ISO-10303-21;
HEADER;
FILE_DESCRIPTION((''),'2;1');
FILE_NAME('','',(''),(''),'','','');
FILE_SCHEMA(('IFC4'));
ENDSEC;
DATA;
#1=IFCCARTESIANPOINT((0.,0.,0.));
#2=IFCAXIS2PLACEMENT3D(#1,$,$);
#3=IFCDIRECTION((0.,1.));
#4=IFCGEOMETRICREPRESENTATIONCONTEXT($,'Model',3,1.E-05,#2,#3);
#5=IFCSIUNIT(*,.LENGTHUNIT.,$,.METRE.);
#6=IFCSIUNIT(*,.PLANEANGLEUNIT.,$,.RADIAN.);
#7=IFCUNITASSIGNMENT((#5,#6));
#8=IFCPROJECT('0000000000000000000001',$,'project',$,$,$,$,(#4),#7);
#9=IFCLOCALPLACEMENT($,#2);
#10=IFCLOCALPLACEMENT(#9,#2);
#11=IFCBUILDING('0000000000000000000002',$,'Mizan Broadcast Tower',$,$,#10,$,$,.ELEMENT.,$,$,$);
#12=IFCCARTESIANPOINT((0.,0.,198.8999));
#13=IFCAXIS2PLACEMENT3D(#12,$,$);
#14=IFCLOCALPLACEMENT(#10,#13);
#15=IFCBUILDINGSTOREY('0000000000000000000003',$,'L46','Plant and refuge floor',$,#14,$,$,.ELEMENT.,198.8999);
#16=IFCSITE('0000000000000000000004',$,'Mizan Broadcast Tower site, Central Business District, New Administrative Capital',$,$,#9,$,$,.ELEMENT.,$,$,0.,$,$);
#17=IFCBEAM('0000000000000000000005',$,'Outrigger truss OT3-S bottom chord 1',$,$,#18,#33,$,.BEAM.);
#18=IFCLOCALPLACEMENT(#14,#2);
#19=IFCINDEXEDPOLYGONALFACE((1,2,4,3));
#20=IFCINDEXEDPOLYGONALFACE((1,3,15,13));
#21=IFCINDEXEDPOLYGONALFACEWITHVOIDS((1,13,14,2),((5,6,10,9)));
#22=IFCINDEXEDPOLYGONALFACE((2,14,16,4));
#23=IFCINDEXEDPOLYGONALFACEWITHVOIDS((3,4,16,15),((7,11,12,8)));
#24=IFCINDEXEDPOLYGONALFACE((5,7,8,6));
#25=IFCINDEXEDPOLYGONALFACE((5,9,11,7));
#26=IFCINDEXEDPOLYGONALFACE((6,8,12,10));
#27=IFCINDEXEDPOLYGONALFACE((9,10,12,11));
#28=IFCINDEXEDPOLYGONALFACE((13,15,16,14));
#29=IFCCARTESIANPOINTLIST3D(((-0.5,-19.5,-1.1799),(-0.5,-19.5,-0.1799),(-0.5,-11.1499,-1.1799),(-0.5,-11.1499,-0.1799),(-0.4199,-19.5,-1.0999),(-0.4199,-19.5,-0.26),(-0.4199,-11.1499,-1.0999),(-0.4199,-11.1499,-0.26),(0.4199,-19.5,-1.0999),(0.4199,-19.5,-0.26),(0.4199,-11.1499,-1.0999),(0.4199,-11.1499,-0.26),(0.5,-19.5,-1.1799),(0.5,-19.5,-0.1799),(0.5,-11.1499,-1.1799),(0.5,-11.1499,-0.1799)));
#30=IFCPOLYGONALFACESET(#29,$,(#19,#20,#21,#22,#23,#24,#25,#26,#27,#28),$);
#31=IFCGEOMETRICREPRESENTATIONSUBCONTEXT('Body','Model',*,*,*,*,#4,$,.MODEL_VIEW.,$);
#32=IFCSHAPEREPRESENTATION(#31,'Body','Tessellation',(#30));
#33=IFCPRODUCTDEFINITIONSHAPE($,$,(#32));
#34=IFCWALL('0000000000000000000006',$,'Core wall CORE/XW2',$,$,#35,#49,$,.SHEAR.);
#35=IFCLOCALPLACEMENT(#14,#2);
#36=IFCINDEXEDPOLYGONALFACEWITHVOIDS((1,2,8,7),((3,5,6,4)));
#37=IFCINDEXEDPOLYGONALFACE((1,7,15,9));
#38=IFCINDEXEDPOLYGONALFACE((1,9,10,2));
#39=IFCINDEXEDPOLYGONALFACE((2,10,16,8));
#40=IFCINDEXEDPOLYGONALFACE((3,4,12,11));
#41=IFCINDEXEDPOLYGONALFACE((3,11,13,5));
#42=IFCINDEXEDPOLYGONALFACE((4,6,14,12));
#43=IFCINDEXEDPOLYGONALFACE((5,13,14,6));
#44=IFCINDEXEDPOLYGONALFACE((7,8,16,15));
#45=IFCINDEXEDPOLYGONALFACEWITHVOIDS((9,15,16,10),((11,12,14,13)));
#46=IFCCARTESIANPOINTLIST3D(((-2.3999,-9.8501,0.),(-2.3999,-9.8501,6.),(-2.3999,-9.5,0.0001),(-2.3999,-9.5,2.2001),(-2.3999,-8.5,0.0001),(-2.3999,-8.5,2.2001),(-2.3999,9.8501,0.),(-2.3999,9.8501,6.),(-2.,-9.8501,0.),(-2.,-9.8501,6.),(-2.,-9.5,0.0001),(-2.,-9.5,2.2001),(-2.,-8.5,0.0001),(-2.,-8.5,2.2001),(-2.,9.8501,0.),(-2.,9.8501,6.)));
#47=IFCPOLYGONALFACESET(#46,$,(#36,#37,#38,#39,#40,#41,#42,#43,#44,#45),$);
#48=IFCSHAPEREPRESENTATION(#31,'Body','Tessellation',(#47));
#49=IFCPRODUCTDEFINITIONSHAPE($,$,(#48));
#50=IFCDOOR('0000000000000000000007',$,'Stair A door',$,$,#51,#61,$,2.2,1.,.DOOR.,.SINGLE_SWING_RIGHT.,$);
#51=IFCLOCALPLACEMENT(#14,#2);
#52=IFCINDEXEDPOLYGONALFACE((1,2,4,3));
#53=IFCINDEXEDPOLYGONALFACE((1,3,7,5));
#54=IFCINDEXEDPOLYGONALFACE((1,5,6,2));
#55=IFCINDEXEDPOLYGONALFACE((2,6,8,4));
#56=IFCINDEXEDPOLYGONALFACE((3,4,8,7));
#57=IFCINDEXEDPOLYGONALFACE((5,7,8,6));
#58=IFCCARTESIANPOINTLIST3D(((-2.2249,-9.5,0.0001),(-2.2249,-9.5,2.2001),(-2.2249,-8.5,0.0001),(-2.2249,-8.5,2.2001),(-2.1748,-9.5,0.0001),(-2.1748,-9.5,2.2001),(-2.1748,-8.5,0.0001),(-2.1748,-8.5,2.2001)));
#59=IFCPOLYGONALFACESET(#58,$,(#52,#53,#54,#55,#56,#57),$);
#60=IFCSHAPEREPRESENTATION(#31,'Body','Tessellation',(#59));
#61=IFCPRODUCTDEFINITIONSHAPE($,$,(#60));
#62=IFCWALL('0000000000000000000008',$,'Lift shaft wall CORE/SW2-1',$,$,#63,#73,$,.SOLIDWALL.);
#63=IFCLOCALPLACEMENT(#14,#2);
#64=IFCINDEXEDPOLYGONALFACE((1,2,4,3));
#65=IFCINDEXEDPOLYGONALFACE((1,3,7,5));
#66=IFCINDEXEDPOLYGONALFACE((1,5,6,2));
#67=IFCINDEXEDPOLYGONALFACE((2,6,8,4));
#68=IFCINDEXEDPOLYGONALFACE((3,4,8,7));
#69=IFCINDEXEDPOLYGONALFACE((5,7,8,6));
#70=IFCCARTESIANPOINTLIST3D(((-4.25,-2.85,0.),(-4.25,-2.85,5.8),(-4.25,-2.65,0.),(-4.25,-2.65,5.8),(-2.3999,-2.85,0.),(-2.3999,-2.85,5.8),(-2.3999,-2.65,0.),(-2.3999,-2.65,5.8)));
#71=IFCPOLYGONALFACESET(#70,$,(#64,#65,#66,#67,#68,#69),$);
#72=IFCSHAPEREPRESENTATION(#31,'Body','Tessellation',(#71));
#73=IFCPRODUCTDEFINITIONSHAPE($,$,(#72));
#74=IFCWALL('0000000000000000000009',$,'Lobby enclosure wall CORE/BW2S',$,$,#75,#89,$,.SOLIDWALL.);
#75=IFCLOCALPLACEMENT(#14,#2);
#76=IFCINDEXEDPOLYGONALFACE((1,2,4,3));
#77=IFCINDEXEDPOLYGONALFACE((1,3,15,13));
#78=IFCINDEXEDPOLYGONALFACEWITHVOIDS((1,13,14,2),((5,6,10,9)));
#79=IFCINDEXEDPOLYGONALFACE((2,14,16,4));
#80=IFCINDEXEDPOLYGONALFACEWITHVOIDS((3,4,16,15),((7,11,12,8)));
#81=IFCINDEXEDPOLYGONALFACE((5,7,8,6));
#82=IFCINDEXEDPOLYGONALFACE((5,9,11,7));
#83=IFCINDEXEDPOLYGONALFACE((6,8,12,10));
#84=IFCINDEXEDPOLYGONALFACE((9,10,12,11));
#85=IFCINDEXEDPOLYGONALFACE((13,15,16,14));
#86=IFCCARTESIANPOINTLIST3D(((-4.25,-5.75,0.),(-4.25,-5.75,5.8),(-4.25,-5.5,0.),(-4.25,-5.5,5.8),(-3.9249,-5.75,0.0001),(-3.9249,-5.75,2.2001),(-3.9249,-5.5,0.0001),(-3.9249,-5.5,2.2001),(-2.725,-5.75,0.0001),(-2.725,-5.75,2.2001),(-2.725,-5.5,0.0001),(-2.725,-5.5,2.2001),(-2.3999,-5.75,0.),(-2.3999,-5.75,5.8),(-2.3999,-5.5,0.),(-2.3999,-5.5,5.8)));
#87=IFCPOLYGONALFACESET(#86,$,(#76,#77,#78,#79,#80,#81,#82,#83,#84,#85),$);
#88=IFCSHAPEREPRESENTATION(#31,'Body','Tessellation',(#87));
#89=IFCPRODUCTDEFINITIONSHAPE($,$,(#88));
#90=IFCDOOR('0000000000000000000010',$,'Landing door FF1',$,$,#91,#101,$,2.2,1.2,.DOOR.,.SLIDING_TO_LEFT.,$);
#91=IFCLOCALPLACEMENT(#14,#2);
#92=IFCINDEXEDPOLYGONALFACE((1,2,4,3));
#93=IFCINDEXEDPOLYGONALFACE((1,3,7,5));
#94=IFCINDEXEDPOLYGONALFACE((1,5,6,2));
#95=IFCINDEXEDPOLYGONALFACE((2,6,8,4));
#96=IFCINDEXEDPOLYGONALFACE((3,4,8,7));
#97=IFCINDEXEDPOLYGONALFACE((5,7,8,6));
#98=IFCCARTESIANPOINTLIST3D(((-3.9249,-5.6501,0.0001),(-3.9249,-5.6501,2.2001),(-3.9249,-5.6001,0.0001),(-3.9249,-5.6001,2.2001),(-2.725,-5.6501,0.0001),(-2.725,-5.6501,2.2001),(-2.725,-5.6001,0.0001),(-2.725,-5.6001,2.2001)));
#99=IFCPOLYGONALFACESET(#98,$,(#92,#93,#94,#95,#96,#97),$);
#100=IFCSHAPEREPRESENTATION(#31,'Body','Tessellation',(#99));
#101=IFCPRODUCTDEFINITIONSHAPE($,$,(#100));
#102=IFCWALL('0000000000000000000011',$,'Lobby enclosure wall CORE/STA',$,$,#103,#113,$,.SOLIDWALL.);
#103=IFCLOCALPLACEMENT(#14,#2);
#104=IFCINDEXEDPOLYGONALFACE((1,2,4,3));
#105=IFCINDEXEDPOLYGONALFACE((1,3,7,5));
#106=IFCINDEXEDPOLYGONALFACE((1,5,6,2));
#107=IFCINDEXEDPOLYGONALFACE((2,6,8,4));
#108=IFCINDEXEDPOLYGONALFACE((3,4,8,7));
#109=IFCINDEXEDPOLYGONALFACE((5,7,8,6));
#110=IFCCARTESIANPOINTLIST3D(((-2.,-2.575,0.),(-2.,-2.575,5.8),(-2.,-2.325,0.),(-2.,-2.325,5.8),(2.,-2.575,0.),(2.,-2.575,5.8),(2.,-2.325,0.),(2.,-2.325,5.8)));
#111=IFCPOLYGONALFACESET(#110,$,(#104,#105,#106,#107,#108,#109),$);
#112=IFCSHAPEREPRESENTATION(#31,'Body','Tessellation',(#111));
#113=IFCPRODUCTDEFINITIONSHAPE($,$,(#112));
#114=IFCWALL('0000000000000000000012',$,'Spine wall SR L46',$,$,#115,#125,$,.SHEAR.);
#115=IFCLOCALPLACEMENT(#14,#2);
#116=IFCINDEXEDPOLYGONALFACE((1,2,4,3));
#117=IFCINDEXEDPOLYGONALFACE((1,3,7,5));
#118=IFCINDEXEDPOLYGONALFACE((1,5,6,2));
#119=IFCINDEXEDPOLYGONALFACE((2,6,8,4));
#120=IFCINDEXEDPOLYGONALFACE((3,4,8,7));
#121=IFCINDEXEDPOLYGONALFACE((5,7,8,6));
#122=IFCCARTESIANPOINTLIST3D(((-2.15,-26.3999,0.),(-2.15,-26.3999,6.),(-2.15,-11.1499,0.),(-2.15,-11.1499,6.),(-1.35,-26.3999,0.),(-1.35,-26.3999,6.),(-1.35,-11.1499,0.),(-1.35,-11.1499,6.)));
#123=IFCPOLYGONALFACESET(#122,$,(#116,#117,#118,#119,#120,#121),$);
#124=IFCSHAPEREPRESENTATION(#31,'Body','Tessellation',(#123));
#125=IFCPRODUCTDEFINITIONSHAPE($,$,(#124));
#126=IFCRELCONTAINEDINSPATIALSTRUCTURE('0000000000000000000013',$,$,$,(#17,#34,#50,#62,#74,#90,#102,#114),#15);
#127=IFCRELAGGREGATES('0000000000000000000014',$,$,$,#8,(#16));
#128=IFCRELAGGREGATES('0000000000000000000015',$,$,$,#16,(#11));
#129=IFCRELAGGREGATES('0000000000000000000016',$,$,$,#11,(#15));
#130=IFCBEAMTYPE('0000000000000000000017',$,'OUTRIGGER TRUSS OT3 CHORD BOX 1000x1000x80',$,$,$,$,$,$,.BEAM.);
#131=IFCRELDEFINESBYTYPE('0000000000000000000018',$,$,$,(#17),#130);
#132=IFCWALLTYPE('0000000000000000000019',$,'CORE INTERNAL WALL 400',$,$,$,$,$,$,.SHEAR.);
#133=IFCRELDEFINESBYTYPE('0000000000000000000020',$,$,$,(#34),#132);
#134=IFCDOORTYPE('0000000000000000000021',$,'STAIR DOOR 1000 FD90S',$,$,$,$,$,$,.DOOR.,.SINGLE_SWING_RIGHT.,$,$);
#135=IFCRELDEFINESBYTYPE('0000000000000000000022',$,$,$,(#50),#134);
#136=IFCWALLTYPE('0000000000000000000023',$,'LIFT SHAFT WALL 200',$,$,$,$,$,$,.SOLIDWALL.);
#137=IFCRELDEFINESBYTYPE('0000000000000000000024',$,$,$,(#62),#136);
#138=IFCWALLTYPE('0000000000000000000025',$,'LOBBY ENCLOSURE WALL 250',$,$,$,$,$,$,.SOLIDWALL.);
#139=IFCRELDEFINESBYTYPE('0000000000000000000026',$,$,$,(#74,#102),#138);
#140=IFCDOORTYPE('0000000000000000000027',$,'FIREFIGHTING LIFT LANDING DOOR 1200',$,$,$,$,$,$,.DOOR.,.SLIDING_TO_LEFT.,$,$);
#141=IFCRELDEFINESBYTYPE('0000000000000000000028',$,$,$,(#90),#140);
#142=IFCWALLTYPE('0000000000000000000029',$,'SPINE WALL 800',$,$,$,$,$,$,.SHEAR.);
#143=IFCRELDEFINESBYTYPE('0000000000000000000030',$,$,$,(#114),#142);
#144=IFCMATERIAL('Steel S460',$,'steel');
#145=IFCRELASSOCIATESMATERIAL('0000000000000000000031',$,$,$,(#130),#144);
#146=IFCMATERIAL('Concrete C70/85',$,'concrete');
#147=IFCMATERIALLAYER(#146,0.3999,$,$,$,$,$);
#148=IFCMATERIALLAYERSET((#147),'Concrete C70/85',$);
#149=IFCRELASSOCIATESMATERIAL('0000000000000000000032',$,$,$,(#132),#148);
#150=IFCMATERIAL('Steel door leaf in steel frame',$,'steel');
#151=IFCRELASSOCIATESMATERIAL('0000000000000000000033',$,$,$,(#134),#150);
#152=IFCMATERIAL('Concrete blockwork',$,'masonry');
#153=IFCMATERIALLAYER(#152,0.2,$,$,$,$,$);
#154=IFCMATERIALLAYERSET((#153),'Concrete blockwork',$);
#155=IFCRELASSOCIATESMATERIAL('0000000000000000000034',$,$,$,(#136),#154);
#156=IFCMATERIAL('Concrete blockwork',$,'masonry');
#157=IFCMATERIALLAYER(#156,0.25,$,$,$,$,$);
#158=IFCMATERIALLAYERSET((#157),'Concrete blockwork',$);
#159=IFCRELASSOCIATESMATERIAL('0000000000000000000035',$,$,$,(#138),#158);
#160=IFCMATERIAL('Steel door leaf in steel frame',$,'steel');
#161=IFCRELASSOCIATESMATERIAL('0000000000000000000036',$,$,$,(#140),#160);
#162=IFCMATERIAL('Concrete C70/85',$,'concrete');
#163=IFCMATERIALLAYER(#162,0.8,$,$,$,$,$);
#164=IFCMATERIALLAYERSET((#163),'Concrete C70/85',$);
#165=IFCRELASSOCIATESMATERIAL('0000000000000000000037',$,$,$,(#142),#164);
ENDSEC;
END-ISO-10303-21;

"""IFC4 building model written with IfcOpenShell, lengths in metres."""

from ifc_helpers import new_model, si_unit, direction, frame, frame_2d, origin, origin_2d, place, context, subcontext, project, spatial, rectangle, hollow_rectangle, extrude, material, layer, layer_set, material_profile, profile_set, type_object, element, fill, save


model = new_model("IFC4")

# Units and contexts
model_context = context("Model", 3, precision=1e-05, world=origin(), true_north=direction((0.0, 1.0)))
body_context = subcontext(model_context, "Body", "Model", "MODEL_VIEW")
ifc_project = project(units=[si_unit("LENGTHUNIT", "METRE"), si_unit("PLANEANGLEUNIT", "RADIAN")], contexts=[model_context])

# Site, building, storey
site_placement = place(None, origin())
site = spatial("IfcSite", under=ifc_project, at=site_placement, Name="Mizan Broadcast Tower site, Central Business District, New Administrative Capital", CompositionType="ELEMENT", RefElevation=0.0)
building_placement = place(site_placement, origin())
building = spatial("IfcBuilding", under=site, at=building_placement, Name="Mizan Broadcast Tower", CompositionType="ELEMENT")
storey_placement = place(building_placement, frame((0.0, 0.0, 198.8999)))
storey = spatial("IfcBuildingStorey", under=building, at=storey_placement, Name="L46", Description="Plant and refuge floor", CompositionType="ELEMENT", Elevation=198.8999)

# Beam
ifc_material_1 = material(Name="Steel S460", Category="steel")
ifc_material_profile_1 = material_profile(ifc_material_1, hollow_rectangle(XDim=1.0, YDim=1.0, WallThickness=0.0801, at=origin_2d()), Name="BOX 1000x1000x80")
ifc_profile_set_1 = profile_set([ifc_material_profile_1], Name="Steel S460")
beam_type_1 = type_object("IfcBeamType", Name="OUTRIGGER TRUSS OT3 CHORD BOX 1000x1000x80", PredefinedType="BEAM", material=ifc_profile_set_1)
beam_placement = place(storey_placement, frame((0.0, -11.1499, -0.6799), z_axis=(0.0, -1.0, 0.0), x_axis=(1.0, 0.0, 0.0)))
element("IfcBeam", 1, at=beam_placement, inside=storey, type_object=beam_type_1, Name="Outrigger truss OT3-S bottom chord 1", PredefinedType="BEAM", context=body_context, shape_type="SweptSolid", body=[
    extrude(hollow_rectangle(XDim=1.0, YDim=1.0, WallThickness=0.0801, at=origin_2d()), origin(), (0.0, 0.0, 1.0), 8.3501),
])

# Wall, opening, door
ifc_material_2 = material(Name="Concrete C70/85", Category="concrete")
ifc_layer_1 = layer(ifc_material_2, 0.3999)
ifc_layer_set_1 = layer_set([ifc_layer_1], Name="Concrete C70/85")
wall_type_1 = type_object("IfcWallType", Name="CORE INTERNAL WALL 400", PredefinedType="SHEAR", material=ifc_layer_set_1)
wall_1_placement = place(storey_placement, frame((-2.2, -9.8501, 0.0), z_axis=(0.0, 0.0, 1.0), x_axis=(0.0, 1.0, 0.0)))
wall_1 = element("IfcWall", 2, at=wall_1_placement, inside=storey, type_object=wall_type_1, Name="Core wall CORE/XW2", PredefinedType="SHEAR", context=body_context, shape_type="SweptSolid", body=[
    extrude(rectangle(XDim=19.7002, YDim=0.3999, at=frame_2d((9.8501, 0.0))), origin(), (0.0, 0.0, 1.0), 6.0),
])
opening_1_placement = place(wall_1_placement, frame((0.3501, 0.0, 0.0)))
opening_1 = element("IfcOpeningElement", 3, at=opening_1_placement, cuts=wall_1, PredefinedType="OPENING", context=body_context, shape_type="SweptSolid", body=[
    extrude(rectangle(XDim=1.0, YDim=2.2, at=frame_2d((0.5, 1.1001))), frame((0.0, 0.21, 0.0), z_axis=(0.0, -1.0, 0.0), x_axis=(1.0, 0.0, 0.0)), (0.0, 0.0, 1.0), 0.4199),
])
ifc_material_3 = material(Name="Steel door leaf in steel frame", Category="steel")
door_type_1 = type_object("IfcDoorType", Name="STAIR DOOR 1000 FD90S", OperationType="SINGLE_SWING_RIGHT", PredefinedType="DOOR", material=ifc_material_3)
door_1_placement = place(opening_1_placement, origin())
door_1 = element("IfcDoor", 4, at=door_1_placement, inside=storey, type_object=door_type_1, Name="Stair A door", OperationType="SINGLE_SWING_RIGHT", OverallHeight=2.2, OverallWidth=1.0, PredefinedType="DOOR", context=body_context, shape_type="SweptSolid", body=[
    extrude(rectangle(XDim=1.0, YDim=2.2, at=frame_2d((0.5, 1.1001))), frame((0.0, 0.0249, 0.0), z_axis=(0.0, -1.0, 0.0), x_axis=(1.0, 0.0, 0.0)), (0.0, 0.0, 1.0), 0.05),
])
fill(opening_1, door_1)

# Wall
ifc_material_4 = material(Name="Concrete blockwork", Category="masonry")
ifc_layer_2 = layer(ifc_material_4, 0.2)
ifc_layer_set_2 = layer_set([ifc_layer_2], Name="Concrete blockwork")
wall_type_2 = type_object("IfcWallType", Name="LIFT SHAFT WALL 200", PredefinedType="SOLIDWALL", material=ifc_layer_set_2)
wall_2_placement = place(storey_placement, frame((-4.25, -2.75, 0.0), z_axis=(0.0, 0.0, 1.0), x_axis=(1.0, 0.0, 0.0)))
element("IfcWall", 5, at=wall_2_placement, inside=storey, type_object=wall_type_2, Name="Lift shaft wall CORE/SW2-1", PredefinedType="SOLIDWALL", context=body_context, shape_type="SweptSolid", body=[
    extrude(rectangle(XDim=1.8501, YDim=0.2, at=frame_2d((0.925, 0.0))), origin(), (0.0, 0.0, 1.0), 5.8),
])

# Wall, opening, door
ifc_material_5 = material(Name="Concrete blockwork", Category="masonry")
ifc_layer_3 = layer(ifc_material_5, 0.25)
ifc_layer_set_3 = layer_set([ifc_layer_3], Name="Concrete blockwork")
wall_type_3 = type_object("IfcWallType", Name="LOBBY ENCLOSURE WALL 250", PredefinedType="SOLIDWALL", material=ifc_layer_set_3)
wall_3_placement = place(storey_placement, frame((-4.25, -5.625, 0.0), z_axis=(0.0, 0.0, 1.0), x_axis=(1.0, 0.0, 0.0)))
wall_3 = element("IfcWall", 6, at=wall_3_placement, inside=storey, type_object=wall_type_3, Name="Lobby enclosure wall CORE/BW2S", PredefinedType="SOLIDWALL", context=body_context, shape_type="SweptSolid", body=[
    extrude(rectangle(XDim=1.8501, YDim=0.25, at=frame_2d((0.925, 0.0))), origin(), (0.0, 0.0, 1.0), 5.8),
])
opening_2_placement = place(wall_3_placement, frame((0.325, 0.0, 0.0)))
opening_2 = element("IfcOpeningElement", 7, at=opening_2_placement, cuts=wall_3, PredefinedType="OPENING", context=body_context, shape_type="SweptSolid", body=[
    extrude(rectangle(XDim=1.2, YDim=2.2, at=frame_2d((0.6001, 1.1001))), frame((0.0, 0.135, 0.0), z_axis=(0.0, -1.0, 0.0), x_axis=(1.0, 0.0, 0.0)), (0.0, 0.0, 1.0), 0.27),
])
ifc_material_6 = material(Name="Steel door leaf in steel frame", Category="steel")
door_type_2 = type_object("IfcDoorType", Name="FIREFIGHTING LIFT LANDING DOOR 1200", OperationType="SLIDING_TO_LEFT", PredefinedType="DOOR", material=ifc_material_6)
door_2_placement = place(opening_2_placement, origin())
door_2 = element("IfcDoor", 8, at=door_2_placement, inside=storey, type_object=door_type_2, Name="Landing door FF1", OperationType="SLIDING_TO_LEFT", OverallHeight=2.2, OverallWidth=1.2, PredefinedType="DOOR", context=body_context, shape_type="SweptSolid", body=[
    extrude(rectangle(XDim=1.2, YDim=2.2, at=frame_2d((0.6001, 1.1001))), frame((0.0, 0.0249, 0.0), z_axis=(0.0, -1.0, 0.0), x_axis=(1.0, 0.0, 0.0)), (0.0, 0.0, 1.0), 0.05),
])
fill(opening_2, door_2)

# Walls
wall_4_placement = place(storey_placement, frame((-2.0, -2.45, 0.0), z_axis=(0.0, 0.0, 1.0), x_axis=(1.0, 0.0, 0.0)))
element("IfcWall", 9, at=wall_4_placement, inside=storey, type_object=wall_type_3, Name="Lobby enclosure wall CORE/STA", PredefinedType="SOLIDWALL", context=body_context, shape_type="SweptSolid", body=[
    extrude(rectangle(XDim=4.0, YDim=0.25, at=frame_2d((2.0, 0.0))), origin(), (0.0, 0.0, 1.0), 5.8),
])
ifc_material_7 = material(Name="Concrete C70/85", Category="concrete")
ifc_layer_4 = layer(ifc_material_7, 0.8)
ifc_layer_set_4 = layer_set([ifc_layer_4], Name="Concrete C70/85")
wall_type_4 = type_object("IfcWallType", Name="SPINE WALL 800", PredefinedType="SHEAR", material=ifc_layer_set_4)
wall_5_placement = place(storey_placement, frame((-1.75, -11.1499, 0.0), z_axis=(0.0, 0.0, 1.0), x_axis=(0.0, -1.0, 0.0)))
element("IfcWall", 10, at=wall_5_placement, inside=storey, type_object=wall_type_4, Name="Spine wall SR L46", PredefinedType="SHEAR", context=body_context, shape_type="SweptSolid", body=[
    extrude(rectangle(XDim=15.25, YDim=0.8, at=frame_2d((7.625, 0.0))), origin(), (0.0, 0.0, 1.0), 6.0),
])

save(model, "model.ifc")
